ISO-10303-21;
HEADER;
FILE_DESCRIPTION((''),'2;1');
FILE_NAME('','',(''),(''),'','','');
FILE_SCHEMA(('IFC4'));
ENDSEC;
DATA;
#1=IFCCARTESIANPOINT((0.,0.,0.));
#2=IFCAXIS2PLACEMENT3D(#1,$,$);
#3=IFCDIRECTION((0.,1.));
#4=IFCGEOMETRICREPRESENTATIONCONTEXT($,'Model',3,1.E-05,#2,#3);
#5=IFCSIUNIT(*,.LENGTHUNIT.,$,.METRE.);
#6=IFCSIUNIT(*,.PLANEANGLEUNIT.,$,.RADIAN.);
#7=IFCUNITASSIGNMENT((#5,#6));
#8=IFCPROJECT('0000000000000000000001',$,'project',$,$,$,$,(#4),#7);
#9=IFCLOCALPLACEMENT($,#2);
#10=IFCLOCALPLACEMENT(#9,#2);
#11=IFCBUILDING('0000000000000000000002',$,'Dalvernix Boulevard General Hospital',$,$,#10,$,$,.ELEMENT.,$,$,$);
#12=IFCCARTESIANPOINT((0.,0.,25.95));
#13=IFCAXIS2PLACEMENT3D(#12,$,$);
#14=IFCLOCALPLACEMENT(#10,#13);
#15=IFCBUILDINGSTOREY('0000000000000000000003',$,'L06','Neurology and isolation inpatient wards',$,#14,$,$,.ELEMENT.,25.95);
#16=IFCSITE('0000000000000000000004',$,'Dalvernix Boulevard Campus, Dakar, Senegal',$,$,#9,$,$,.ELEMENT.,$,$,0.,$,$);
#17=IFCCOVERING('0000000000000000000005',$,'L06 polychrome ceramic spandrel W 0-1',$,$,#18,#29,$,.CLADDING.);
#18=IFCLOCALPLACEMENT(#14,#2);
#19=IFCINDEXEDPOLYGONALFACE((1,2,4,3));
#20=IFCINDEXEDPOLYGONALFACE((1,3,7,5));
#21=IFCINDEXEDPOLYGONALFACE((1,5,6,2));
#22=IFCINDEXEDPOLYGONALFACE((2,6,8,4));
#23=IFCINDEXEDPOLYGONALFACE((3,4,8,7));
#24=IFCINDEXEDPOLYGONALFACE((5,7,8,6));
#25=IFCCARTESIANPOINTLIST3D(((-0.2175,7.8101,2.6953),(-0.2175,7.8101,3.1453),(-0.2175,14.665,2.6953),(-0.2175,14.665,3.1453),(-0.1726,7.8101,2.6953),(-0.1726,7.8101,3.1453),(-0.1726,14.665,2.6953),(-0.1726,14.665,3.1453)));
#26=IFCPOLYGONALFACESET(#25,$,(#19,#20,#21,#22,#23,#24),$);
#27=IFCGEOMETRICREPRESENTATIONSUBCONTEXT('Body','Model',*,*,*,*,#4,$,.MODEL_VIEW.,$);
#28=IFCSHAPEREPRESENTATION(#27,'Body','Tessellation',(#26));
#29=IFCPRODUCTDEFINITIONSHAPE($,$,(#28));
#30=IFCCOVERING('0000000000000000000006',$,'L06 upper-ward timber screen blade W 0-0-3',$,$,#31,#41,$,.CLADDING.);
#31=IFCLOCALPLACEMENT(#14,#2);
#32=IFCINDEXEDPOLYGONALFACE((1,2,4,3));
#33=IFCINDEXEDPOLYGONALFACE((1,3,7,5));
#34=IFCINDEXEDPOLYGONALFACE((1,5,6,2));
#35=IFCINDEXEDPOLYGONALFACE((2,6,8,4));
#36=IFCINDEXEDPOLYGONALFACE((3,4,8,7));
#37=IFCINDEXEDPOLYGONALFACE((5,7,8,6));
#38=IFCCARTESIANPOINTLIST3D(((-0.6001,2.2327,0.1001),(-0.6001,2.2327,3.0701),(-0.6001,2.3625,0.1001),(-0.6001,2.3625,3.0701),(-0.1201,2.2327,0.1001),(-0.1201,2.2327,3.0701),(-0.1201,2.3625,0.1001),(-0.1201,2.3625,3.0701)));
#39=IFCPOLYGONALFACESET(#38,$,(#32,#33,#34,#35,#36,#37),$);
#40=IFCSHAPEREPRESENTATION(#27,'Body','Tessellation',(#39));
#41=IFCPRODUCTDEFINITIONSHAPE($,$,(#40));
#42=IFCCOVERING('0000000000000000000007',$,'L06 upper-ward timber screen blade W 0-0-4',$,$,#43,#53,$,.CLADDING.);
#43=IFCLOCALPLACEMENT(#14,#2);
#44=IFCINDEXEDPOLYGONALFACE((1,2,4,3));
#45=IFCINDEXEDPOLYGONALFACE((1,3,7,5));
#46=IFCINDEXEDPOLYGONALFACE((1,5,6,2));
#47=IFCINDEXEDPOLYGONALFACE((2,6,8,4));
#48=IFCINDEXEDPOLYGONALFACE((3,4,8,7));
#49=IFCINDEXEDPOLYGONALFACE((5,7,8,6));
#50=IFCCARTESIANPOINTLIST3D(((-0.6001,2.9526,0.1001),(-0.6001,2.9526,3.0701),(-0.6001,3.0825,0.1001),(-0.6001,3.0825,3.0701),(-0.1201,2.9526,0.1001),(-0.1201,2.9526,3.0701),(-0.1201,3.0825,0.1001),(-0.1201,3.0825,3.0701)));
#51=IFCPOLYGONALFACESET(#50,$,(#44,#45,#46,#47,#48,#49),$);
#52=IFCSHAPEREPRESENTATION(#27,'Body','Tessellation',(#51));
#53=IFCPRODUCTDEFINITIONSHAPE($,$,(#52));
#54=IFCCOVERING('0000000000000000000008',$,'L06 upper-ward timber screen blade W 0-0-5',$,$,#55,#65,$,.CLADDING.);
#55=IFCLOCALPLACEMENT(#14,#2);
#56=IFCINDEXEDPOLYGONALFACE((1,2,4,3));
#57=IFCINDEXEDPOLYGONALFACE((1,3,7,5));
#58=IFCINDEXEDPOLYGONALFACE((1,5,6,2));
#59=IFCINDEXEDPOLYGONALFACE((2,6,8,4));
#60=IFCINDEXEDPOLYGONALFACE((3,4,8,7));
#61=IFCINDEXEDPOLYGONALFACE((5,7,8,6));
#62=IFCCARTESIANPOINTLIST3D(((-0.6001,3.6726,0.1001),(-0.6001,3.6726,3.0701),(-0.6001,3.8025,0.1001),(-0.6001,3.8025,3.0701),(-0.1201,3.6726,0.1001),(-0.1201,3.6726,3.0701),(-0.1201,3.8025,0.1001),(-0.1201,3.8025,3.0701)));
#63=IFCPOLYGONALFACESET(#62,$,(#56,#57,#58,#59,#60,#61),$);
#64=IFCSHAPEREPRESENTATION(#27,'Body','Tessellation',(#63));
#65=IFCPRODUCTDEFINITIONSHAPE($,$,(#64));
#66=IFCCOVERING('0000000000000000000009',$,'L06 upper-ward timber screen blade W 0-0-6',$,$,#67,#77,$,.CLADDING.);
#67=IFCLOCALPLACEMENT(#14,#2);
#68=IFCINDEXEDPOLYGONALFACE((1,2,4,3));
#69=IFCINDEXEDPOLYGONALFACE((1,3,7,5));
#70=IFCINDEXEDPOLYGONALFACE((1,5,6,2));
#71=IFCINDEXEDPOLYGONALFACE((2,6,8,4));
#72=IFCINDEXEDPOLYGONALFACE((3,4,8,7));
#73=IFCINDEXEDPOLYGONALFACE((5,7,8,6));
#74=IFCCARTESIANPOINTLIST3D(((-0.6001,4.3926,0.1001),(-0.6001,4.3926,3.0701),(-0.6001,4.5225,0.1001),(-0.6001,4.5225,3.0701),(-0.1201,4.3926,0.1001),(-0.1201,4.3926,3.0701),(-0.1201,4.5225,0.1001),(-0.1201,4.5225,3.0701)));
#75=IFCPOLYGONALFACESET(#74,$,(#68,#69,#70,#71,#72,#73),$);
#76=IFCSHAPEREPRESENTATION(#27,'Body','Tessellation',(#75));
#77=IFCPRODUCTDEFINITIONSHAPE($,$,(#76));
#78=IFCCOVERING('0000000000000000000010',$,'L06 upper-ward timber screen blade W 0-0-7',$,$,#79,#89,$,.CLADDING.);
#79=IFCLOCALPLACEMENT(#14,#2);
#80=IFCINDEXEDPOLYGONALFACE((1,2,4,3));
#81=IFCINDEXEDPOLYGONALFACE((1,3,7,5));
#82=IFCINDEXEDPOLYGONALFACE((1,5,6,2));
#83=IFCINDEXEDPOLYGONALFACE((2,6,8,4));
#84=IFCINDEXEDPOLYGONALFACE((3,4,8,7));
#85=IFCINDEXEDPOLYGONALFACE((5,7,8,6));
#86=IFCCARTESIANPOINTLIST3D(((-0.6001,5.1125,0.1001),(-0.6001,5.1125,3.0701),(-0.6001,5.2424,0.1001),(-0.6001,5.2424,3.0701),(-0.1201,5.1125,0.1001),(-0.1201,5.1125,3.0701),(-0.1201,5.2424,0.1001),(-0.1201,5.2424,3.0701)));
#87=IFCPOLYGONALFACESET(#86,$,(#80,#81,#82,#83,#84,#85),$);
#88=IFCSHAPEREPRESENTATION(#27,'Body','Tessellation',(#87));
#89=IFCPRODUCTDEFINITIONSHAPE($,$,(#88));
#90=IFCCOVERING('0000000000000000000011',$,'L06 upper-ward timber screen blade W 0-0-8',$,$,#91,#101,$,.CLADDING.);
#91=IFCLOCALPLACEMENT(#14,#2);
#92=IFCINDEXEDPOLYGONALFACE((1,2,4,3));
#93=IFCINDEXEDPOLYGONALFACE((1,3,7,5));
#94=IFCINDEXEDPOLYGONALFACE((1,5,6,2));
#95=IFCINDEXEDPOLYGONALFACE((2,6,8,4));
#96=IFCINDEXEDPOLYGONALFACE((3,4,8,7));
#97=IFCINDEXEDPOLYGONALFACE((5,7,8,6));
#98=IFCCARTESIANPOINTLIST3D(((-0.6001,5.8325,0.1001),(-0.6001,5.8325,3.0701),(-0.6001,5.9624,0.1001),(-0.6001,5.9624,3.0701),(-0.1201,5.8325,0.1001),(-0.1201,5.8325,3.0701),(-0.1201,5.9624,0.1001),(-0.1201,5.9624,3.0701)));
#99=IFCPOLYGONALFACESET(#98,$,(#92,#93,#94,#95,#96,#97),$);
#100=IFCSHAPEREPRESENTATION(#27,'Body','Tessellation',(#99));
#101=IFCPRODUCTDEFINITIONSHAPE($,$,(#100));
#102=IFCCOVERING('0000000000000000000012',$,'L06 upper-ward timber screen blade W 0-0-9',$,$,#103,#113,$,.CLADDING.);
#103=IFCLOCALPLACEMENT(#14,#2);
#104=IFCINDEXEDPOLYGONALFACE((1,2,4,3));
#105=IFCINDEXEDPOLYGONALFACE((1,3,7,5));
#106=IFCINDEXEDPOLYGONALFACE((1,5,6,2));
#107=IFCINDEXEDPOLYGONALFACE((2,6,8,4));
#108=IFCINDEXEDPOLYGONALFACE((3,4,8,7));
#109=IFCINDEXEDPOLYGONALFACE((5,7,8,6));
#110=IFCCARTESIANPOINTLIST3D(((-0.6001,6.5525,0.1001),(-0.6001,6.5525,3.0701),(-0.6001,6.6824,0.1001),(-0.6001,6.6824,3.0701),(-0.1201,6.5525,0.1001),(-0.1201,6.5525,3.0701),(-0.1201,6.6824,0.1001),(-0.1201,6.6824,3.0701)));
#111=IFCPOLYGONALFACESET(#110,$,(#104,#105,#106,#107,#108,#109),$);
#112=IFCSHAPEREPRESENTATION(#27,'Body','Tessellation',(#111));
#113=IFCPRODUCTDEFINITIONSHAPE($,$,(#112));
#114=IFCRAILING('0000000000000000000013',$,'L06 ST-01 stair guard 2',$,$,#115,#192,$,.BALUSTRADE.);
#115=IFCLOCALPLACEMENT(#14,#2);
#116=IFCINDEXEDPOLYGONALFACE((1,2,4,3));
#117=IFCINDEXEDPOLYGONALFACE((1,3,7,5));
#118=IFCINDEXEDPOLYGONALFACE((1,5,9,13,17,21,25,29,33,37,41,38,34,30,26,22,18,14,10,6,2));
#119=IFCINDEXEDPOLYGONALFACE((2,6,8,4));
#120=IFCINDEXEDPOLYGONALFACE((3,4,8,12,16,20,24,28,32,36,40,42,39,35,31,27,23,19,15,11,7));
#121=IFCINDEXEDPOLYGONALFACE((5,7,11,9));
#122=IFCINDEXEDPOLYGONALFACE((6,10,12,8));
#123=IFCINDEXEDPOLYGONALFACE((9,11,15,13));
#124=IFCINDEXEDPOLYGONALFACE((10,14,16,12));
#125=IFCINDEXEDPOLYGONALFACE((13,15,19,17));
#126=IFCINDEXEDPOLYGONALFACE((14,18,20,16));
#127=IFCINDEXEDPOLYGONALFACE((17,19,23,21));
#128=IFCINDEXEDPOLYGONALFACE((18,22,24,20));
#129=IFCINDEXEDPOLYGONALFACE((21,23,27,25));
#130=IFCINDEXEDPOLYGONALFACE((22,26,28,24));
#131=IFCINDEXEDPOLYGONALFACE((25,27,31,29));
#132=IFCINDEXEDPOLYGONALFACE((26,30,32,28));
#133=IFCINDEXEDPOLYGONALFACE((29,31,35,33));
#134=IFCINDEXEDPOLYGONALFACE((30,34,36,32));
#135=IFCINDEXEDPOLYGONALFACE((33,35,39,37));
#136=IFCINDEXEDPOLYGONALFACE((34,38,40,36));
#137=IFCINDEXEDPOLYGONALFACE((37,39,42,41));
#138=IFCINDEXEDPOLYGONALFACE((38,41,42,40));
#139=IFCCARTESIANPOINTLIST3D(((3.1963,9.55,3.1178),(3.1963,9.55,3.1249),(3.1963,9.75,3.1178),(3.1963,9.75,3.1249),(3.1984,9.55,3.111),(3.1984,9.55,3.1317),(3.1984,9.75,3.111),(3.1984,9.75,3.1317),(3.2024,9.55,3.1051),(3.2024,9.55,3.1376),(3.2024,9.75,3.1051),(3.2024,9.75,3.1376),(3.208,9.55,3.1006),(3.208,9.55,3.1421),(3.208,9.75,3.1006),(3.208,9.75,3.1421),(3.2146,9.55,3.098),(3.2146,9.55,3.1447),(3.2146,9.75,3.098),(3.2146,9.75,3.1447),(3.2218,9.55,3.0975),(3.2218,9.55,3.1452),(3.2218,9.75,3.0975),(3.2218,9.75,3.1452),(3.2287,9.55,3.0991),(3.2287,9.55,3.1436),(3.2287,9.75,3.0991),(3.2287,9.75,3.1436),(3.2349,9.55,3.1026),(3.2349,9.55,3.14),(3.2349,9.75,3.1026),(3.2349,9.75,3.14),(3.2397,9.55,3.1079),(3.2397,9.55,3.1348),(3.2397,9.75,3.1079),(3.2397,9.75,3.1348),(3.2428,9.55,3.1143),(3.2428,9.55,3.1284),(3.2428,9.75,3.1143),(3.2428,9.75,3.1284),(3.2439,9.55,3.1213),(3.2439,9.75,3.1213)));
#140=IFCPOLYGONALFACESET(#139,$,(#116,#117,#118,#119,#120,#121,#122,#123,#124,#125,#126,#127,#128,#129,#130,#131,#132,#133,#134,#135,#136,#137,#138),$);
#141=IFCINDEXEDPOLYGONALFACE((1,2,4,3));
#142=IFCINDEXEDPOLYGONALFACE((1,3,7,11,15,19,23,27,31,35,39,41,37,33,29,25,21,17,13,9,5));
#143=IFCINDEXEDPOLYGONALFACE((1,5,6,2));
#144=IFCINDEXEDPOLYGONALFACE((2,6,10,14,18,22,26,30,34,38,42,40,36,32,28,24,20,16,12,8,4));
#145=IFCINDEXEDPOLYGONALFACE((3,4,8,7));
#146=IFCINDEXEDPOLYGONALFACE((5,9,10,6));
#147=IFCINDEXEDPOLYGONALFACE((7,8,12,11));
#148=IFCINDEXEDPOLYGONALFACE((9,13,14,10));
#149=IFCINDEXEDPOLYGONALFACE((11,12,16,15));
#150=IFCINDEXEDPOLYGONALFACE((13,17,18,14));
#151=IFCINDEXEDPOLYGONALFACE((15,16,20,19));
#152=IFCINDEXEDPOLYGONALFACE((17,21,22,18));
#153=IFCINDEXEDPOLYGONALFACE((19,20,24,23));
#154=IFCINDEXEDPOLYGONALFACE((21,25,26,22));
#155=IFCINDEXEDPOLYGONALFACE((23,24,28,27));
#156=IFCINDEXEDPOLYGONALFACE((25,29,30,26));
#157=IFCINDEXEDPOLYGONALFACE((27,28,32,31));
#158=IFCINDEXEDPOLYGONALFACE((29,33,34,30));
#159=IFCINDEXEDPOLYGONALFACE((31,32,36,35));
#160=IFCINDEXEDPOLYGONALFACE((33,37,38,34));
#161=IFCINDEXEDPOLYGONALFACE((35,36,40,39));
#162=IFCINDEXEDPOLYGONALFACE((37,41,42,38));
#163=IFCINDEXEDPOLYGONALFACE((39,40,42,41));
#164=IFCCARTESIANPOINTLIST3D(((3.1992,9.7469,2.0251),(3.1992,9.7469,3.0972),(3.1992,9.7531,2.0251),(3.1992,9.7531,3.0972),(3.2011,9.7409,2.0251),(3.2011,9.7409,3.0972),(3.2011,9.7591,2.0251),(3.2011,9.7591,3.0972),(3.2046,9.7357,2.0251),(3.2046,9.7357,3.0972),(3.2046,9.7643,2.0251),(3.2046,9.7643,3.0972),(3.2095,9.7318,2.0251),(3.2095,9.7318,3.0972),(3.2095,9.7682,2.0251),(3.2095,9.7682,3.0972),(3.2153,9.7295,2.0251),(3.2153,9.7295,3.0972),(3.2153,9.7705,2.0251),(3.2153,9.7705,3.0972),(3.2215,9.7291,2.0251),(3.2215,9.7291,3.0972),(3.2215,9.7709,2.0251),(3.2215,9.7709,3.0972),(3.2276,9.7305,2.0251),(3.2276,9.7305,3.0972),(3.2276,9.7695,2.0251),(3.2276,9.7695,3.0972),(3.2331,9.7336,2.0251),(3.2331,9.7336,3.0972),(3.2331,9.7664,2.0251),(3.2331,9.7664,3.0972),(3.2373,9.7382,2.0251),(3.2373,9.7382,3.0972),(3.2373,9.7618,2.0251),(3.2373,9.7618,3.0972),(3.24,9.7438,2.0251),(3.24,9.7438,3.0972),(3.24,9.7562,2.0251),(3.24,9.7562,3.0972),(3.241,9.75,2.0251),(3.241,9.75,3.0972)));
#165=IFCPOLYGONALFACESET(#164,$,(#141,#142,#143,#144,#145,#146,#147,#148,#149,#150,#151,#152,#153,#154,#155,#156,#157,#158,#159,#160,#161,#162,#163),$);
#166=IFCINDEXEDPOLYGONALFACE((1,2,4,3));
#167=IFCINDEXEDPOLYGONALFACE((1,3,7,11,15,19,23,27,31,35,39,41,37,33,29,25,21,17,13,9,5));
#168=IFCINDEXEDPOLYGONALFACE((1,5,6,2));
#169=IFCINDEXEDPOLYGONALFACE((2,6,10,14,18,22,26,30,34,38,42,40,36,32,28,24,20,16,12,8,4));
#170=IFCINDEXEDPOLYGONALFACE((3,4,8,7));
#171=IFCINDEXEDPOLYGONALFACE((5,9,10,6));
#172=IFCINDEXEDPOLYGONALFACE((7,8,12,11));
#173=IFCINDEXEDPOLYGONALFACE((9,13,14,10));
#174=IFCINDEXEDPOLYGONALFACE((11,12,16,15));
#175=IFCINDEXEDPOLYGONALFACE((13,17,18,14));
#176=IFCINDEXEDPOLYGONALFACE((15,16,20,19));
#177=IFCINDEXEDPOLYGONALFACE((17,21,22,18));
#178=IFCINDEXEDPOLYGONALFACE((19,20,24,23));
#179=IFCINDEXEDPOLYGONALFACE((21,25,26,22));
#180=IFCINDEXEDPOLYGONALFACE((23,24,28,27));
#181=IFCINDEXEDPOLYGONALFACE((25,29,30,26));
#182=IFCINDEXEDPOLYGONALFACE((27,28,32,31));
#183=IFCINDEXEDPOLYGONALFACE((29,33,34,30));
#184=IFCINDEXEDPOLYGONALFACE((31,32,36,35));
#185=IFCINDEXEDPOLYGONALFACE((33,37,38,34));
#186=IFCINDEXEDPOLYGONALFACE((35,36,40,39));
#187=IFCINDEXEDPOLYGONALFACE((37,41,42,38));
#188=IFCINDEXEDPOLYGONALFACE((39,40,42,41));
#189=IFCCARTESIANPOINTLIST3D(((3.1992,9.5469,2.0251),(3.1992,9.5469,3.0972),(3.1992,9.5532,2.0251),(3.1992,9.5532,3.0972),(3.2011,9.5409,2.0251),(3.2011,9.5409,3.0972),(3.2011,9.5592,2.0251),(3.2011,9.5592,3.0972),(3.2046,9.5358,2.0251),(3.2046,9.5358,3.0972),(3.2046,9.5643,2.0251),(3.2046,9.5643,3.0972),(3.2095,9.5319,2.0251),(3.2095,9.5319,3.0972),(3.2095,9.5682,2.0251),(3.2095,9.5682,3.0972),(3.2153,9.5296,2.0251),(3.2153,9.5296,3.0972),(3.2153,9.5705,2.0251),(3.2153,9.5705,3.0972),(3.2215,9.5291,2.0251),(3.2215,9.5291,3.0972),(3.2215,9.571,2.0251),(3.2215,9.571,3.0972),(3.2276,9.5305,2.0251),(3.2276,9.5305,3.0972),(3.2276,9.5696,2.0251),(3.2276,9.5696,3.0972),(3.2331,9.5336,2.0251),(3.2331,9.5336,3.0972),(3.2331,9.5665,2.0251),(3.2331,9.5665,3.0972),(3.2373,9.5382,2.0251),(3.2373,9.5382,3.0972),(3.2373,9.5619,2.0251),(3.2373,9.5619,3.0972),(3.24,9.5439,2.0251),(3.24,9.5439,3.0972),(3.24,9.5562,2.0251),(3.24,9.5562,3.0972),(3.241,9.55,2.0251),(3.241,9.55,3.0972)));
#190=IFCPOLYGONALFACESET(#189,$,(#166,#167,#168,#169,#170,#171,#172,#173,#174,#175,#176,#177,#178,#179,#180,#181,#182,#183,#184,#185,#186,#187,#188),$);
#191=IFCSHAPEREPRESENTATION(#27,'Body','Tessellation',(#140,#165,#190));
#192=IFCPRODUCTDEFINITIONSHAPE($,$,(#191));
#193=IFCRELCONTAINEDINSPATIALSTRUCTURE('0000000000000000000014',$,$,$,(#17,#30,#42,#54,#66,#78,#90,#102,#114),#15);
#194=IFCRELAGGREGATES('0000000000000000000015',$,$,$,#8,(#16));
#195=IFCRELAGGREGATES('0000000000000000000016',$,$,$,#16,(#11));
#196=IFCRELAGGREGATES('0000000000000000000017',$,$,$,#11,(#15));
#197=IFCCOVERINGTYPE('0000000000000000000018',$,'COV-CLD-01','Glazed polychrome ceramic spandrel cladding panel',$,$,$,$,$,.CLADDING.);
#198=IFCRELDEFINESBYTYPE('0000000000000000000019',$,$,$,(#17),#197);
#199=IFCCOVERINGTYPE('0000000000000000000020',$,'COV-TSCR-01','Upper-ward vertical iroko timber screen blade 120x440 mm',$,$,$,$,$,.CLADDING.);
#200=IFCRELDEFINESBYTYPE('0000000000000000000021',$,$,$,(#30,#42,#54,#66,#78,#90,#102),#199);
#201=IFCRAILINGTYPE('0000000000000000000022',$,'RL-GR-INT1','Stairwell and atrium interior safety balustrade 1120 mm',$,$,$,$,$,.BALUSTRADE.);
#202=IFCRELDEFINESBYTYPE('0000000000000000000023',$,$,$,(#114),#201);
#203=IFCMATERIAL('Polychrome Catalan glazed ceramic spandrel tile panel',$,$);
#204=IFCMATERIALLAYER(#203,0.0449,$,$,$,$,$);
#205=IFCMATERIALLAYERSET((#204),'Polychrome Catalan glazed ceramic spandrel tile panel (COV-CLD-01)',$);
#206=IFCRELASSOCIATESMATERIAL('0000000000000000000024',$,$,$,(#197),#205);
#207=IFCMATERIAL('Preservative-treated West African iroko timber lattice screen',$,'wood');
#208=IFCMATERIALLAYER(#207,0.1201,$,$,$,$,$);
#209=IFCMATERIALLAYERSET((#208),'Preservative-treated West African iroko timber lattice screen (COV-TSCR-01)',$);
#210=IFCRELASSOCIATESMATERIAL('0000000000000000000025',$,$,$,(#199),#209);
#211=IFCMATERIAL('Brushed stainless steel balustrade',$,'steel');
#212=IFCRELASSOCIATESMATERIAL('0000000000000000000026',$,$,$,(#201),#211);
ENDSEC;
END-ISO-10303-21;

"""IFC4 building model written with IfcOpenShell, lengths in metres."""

from ifc_helpers import new_model, si_unit, direction, frame, origin, origin_2d, place, context, subcontext, project, spatial, rectangle, circle, extrude, material, layer, layer_set, type_object, element, save


model = new_model("IFC4")

# Units and contexts
model_context = context("Model", 3, precision=1e-05, world=origin(), true_north=direction((0.0, 1.0)))
body_context = subcontext(model_context, "Body", "Model", "MODEL_VIEW")
ifc_project = project(units=[si_unit("LENGTHUNIT", "METRE"), si_unit("PLANEANGLEUNIT", "RADIAN")], contexts=[model_context])

# Site, building, storey
site_placement = place(None, origin())
site = spatial("IfcSite", under=ifc_project, at=site_placement, Name="Dalvernix Boulevard Campus, Dakar, Senegal", CompositionType="ELEMENT", RefElevation=0.0)
building_placement = place(site_placement, origin())
building = spatial("IfcBuilding", under=site, at=building_placement, Name="Dalvernix Boulevard General Hospital", CompositionType="ELEMENT")
storey_placement = place(building_placement, frame((0.0, 0.0, 25.95)))
storey = spatial("IfcBuildingStorey", under=building, at=storey_placement, Name="L06", Description="Neurology and isolation inpatient wards", CompositionType="ELEMENT", Elevation=25.95)

# Coverings
ifc_material_1 = material(Name="Polychrome Catalan glazed ceramic spandrel tile panel")
ifc_layer_1 = layer(ifc_material_1, 0.0449)
ifc_layer_set_1 = layer_set([ifc_layer_1], Name="Polychrome Catalan glazed ceramic spandrel tile panel (COV-CLD-01)")
covering_type_1 = type_object("IfcCoveringType", Name="COV-CLD-01", Description="Glazed polychrome ceramic spandrel cladding panel", PredefinedType="CLADDING", material=ifc_layer_set_1)
covering_1_placement = place(storey_placement, frame((-0.1951, 11.2375, 2.6953), z_axis=(0.0, 0.0, 1.0), x_axis=(0.0, 1.0, 0.0)))
element("IfcCovering", 1, at=covering_1_placement, inside=storey, type_object=covering_type_1, Name="L06 polychrome ceramic spandrel W 0-1", PredefinedType="CLADDING", context=body_context, shape_type="SweptSolid", body=[
    extrude(rectangle(XDim=6.855, YDim=0.0449, at=origin_2d()), origin(), (0.0, 0.0, 1.0), 0.45),
])
ifc_material_2 = material(Name="Preservative-treated West African iroko timber lattice screen", Category="wood")
ifc_layer_2 = layer(ifc_material_2, 0.1201)
ifc_layer_set_2 = layer_set([ifc_layer_2], Name="Preservative-treated West African iroko timber lattice screen (COV-TSCR-01)")
covering_type_2 = type_object("IfcCoveringType", Name="COV-TSCR-01", Description="Upper-ward vertical iroko timber screen blade 120x440 mm", PredefinedType="CLADDING", material=ifc_layer_set_2)
for number, where, z_axis, x_axis, name in (
    (2, (-0.3601, 2.2976, 0.1001), (0.0, 0.0, 1.0), (0.0, 1.0, 0.0), "L06 upper-ward timber screen blade W 0-0-3"),
    (3, (-0.3601, 3.0176, 0.1001), (0.0, 0.0, 1.0), (0.0, 1.0, 0.0), "L06 upper-ward timber screen blade W 0-0-4"),
    (4, (-0.3601, 3.7375, 0.1001), (0.0, 0.0, 1.0), (0.0, 1.0, 0.0), "L06 upper-ward timber screen blade W 0-0-5"),
    (5, (-0.3601, 4.4575, 0.1001), (0.0, 0.0, 1.0), (0.0, 1.0, 0.0), "L06 upper-ward timber screen blade W 0-0-6"),
    (6, (-0.3601, 5.1775, 0.1001), (0.0, 0.0, 1.0), (0.0, 1.0, 0.0), "L06 upper-ward timber screen blade W 0-0-7"),
    (7, (-0.3601, 5.8975, 0.1001), (0.0, 0.0, 1.0), (0.0, 1.0, 0.0), "L06 upper-ward timber screen blade W 0-0-8"),
    (8, (-0.3601, 6.6174, 0.1001), (0.0, 0.0, 1.0), (0.0, 1.0, 0.0), "L06 upper-ward timber screen blade W 0-0-9"),
):
    element("IfcCovering", number, at=place(storey_placement, frame(where, z_axis=z_axis, x_axis=x_axis)), inside=storey, type_object=covering_type_2, Name=name, PredefinedType="CLADDING", context=body_context, shape_type="SweptSolid", body=[
        extrude(rectangle(XDim=0.1299, YDim=0.48, at=origin_2d()), origin(), (0.0, 0.0, 1.0), 2.97),
    ])

# Railing
ifc_material_3 = material(Name="Brushed stainless steel balustrade", Category="steel")
railing_type_1 = type_object("IfcRailingType", Name="RL-GR-INT1", Description="Stairwell and atrium interior safety balustrade 1120 mm", PredefinedType="BALUSTRADE", material=ifc_material_3)
railing_1_placement = place(storey_placement, frame((3.22, 9.75, 2.0251)))
element("IfcRailing", 9, at=railing_1_placement, inside=storey, type_object=railing_type_1, Name="L06 ST-01 stair guard 2", PredefinedType="BALUSTRADE", context=body_context, shape_type="SweptSolid", body=[
    extrude(circle(Radius=0.0239, at=origin_2d()), frame((0.0, 0.0, 1.0962), z_axis=(0.0, -1.0, 0.0), x_axis=(1.0, 0.0, 0.0)), (0.0, 0.0, 1.0), 0.2),
    extrude(circle(Radius=0.021, at=origin_2d()), origin(), (0.0, 0.0, 1.0), 1.072),
    extrude(circle(Radius=0.021, at=origin_2d()), frame((0.0, -0.2, 0.0)), (0.0, 0.0, 1.0), 1.072),
])

save(model, "model.ifc")
